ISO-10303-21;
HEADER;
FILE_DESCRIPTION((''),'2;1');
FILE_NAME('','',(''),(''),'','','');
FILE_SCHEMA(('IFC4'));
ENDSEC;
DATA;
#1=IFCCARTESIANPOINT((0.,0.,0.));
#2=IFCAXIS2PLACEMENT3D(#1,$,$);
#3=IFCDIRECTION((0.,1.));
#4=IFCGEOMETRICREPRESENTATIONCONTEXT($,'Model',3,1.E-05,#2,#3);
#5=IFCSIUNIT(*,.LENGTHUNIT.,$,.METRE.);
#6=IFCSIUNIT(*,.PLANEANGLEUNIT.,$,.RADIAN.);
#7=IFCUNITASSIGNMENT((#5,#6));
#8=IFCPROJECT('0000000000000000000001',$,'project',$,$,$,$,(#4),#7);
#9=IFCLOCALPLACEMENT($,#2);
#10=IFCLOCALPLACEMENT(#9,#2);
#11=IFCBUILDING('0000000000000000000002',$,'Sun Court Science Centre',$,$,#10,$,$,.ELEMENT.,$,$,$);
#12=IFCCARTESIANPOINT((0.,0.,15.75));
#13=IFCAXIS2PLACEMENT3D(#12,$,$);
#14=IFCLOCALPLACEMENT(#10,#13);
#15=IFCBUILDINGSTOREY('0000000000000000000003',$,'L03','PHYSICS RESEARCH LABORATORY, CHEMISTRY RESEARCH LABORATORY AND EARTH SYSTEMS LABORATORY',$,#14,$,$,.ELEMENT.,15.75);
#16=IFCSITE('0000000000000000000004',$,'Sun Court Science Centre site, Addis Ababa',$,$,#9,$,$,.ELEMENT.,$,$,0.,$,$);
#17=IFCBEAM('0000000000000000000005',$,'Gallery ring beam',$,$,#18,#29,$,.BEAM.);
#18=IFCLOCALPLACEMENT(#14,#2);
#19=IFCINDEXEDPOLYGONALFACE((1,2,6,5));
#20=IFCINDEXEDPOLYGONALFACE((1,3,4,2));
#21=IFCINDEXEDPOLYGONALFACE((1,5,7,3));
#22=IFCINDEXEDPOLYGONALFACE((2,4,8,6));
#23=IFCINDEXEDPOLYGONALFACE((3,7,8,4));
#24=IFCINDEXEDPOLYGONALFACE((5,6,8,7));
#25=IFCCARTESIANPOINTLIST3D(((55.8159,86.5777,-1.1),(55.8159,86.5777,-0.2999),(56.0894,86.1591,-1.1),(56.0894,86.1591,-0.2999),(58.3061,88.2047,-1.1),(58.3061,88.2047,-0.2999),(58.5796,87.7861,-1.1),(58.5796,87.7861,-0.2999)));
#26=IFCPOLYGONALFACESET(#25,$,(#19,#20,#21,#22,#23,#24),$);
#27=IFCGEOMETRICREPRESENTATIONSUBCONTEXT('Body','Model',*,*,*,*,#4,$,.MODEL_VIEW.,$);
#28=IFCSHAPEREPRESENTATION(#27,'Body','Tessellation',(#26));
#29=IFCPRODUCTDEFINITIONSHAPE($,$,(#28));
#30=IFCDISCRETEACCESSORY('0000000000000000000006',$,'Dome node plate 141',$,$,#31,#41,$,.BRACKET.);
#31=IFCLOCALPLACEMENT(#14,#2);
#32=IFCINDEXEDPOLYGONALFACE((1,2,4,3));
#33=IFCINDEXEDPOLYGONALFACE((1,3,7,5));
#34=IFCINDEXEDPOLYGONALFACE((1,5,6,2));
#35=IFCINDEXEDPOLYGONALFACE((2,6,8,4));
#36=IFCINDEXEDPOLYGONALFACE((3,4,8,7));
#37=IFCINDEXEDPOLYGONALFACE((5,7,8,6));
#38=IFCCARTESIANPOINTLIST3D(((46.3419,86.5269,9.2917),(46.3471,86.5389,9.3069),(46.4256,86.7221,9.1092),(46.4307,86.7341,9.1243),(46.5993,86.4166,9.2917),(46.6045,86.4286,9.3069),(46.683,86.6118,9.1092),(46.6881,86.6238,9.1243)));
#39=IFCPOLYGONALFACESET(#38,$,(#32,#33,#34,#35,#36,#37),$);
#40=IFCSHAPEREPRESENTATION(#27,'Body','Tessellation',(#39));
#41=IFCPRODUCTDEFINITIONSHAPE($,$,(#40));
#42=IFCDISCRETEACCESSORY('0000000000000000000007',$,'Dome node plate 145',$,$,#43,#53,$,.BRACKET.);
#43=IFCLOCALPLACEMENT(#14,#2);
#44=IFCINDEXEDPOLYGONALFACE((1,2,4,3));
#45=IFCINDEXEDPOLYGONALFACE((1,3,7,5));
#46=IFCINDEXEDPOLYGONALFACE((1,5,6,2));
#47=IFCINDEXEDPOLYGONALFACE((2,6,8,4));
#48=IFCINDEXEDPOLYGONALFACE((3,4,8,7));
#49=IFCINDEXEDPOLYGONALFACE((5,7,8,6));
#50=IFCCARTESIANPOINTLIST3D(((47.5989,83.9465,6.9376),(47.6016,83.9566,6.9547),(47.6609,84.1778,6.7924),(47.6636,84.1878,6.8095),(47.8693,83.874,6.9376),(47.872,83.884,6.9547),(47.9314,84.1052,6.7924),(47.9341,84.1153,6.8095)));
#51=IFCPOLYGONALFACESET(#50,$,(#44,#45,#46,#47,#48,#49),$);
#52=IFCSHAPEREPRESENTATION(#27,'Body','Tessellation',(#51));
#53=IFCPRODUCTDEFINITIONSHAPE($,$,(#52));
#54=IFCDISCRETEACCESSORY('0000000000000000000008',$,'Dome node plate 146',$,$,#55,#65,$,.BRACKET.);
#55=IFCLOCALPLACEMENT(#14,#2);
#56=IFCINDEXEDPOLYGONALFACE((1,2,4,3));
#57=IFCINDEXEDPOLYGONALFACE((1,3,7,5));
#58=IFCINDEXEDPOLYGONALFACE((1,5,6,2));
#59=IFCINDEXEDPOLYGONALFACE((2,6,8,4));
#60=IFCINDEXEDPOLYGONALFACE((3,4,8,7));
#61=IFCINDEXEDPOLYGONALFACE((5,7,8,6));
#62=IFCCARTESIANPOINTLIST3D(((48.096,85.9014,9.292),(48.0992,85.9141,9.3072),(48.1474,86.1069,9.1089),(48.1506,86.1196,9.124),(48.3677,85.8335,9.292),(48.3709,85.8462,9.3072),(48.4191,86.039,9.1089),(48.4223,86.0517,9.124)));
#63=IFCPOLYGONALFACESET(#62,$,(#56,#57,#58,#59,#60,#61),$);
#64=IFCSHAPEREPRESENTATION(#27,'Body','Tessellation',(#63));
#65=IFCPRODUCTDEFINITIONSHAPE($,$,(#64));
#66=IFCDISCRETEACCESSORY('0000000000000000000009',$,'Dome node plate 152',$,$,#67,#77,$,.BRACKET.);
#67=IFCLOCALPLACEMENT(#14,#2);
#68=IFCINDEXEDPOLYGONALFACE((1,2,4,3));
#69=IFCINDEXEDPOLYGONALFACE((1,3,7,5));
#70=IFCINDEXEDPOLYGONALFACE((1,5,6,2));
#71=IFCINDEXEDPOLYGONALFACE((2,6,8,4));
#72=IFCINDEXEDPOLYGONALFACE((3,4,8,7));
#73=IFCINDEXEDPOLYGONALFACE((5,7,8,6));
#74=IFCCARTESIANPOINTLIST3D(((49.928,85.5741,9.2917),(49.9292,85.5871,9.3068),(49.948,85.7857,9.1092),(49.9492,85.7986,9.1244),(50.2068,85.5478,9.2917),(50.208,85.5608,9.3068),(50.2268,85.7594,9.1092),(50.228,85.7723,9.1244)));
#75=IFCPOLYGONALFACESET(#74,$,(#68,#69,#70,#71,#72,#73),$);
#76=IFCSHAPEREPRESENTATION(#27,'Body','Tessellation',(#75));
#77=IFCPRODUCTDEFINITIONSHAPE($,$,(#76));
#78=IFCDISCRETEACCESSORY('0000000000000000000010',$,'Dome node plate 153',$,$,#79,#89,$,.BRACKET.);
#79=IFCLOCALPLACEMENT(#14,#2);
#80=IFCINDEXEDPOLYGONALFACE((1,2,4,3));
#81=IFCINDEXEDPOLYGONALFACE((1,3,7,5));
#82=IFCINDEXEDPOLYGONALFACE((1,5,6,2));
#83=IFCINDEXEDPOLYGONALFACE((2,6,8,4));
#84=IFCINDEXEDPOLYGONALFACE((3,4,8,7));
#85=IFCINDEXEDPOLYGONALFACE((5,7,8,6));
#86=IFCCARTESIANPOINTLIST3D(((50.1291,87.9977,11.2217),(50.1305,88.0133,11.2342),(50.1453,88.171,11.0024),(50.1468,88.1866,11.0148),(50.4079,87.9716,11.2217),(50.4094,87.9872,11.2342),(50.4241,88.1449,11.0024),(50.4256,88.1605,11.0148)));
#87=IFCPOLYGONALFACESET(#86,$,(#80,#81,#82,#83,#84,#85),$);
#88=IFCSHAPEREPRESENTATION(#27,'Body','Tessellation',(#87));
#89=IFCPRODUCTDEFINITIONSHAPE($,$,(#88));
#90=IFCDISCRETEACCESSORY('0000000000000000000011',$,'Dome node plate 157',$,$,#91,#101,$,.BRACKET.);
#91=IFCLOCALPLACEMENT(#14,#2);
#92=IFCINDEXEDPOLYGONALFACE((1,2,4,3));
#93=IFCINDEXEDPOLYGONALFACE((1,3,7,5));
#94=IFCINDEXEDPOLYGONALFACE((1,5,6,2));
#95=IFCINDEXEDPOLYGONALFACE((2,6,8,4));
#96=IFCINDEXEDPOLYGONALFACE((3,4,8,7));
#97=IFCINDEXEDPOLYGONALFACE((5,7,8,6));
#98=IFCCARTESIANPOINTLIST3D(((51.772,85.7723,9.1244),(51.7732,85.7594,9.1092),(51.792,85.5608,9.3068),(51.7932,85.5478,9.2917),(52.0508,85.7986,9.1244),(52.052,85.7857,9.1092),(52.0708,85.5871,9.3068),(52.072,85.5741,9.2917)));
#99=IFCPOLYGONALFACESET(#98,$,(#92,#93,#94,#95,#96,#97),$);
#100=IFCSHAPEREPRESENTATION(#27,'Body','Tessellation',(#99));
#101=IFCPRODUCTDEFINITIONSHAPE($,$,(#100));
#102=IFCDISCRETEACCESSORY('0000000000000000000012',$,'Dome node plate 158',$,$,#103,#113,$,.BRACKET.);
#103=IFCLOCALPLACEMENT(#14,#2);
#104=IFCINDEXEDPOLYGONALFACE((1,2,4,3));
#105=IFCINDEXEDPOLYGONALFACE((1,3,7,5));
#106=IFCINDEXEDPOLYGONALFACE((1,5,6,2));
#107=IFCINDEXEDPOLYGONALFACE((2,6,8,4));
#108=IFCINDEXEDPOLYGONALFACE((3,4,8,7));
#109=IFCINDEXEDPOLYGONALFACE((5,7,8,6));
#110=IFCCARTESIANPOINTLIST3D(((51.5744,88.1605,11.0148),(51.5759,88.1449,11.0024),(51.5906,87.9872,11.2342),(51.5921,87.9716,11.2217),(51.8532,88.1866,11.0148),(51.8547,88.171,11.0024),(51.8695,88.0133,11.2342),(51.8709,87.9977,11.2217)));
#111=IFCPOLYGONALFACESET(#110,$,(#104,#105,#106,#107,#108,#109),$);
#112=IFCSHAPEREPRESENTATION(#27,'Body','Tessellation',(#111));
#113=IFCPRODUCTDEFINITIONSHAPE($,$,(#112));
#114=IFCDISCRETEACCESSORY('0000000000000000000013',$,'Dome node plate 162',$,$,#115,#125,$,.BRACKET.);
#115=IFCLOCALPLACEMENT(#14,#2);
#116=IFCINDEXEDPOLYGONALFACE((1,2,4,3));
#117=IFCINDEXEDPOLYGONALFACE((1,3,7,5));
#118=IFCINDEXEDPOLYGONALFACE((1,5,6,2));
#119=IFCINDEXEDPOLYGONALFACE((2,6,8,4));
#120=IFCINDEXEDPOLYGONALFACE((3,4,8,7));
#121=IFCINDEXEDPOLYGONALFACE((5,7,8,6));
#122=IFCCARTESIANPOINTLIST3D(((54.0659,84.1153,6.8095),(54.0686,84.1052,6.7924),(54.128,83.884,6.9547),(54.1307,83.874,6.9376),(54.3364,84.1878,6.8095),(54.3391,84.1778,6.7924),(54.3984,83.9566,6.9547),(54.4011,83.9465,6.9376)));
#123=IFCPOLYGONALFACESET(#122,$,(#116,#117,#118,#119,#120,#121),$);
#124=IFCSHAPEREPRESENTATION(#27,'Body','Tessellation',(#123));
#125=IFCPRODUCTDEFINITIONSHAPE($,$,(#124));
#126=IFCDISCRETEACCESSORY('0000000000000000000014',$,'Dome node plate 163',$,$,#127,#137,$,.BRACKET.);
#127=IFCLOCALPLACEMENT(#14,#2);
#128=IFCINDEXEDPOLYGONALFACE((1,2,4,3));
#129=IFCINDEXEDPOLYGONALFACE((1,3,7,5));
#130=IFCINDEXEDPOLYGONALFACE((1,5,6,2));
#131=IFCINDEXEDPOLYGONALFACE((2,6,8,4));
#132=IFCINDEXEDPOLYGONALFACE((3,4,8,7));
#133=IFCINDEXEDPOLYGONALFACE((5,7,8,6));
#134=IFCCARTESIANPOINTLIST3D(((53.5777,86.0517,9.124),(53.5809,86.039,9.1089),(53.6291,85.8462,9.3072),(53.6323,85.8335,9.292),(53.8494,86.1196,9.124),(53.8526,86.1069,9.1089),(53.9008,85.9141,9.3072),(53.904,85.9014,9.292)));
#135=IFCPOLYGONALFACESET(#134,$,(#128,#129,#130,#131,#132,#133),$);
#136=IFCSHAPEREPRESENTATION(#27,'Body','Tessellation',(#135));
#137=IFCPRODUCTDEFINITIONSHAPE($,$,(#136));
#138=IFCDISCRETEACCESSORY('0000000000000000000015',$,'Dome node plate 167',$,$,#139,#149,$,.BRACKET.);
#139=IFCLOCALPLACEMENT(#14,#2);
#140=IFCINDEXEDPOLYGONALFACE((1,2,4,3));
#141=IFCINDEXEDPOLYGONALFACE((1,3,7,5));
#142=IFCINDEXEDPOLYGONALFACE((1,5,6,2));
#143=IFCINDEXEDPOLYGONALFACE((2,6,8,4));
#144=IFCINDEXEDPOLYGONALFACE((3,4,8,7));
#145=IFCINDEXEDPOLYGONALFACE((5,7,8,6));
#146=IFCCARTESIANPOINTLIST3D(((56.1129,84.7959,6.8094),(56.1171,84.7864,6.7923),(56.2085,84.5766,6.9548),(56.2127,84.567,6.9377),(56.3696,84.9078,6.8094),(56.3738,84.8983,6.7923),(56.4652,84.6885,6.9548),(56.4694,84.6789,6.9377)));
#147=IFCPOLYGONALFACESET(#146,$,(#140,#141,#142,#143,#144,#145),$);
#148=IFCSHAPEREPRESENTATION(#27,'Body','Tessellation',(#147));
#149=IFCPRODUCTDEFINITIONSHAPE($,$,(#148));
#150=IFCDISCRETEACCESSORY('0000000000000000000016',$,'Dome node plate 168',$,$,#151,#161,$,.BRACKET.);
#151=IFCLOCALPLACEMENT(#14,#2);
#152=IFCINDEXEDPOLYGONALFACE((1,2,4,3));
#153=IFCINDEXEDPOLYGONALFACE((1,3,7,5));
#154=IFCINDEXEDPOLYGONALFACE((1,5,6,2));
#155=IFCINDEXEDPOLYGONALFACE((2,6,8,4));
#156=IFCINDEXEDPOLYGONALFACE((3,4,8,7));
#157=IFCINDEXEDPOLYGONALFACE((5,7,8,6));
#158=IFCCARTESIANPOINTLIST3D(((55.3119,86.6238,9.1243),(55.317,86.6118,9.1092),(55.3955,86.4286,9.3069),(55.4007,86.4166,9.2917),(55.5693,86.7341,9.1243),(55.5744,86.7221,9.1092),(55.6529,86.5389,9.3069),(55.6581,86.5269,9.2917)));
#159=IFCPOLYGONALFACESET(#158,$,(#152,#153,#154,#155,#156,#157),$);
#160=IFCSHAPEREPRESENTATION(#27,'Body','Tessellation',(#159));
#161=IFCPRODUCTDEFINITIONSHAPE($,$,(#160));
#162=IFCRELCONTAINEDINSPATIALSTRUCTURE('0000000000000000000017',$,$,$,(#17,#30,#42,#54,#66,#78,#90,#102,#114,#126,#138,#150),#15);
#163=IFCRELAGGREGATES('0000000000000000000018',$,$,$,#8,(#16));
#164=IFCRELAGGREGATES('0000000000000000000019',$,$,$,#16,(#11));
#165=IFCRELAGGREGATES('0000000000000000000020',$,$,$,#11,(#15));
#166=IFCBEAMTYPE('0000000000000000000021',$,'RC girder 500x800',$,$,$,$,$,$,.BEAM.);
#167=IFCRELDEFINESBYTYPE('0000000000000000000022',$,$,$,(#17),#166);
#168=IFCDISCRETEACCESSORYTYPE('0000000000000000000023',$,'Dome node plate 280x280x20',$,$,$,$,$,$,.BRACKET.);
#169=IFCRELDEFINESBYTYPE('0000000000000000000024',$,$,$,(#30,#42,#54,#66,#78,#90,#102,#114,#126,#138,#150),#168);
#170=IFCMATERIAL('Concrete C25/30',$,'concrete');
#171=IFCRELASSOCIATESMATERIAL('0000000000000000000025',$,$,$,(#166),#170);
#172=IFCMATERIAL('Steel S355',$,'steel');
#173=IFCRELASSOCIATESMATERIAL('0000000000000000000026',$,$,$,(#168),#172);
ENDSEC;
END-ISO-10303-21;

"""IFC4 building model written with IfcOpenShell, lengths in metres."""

from ifc_helpers import new_model, si_unit, direction, frame, origin, origin_2d, place, context, subcontext, project, spatial, rectangle, extrude, material, material_profile, profile_set, type_object, element, save


model = new_model("IFC4")

# Units and contexts
model_context = context("Model", 3, precision=1e-05, world=origin(), true_north=direction((0.0, 1.0)))
body_context = subcontext(model_context, "Body", "Model", "MODEL_VIEW")
ifc_project = project(units=[si_unit("LENGTHUNIT", "METRE"), si_unit("PLANEANGLEUNIT", "RADIAN")], contexts=[model_context])

# Site, building, storey
site_placement = place(None, origin())
site = spatial("IfcSite", under=ifc_project, at=site_placement, Name="Sun Court Science Centre site, Addis Ababa", CompositionType="ELEMENT", RefElevation=0.0)
building_placement = place(site_placement, origin())
building = spatial("IfcBuilding", under=site, at=building_placement, Name="Sun Court Science Centre", CompositionType="ELEMENT")
storey_placement = place(building_placement, frame((0.0, 0.0, 15.75)))
storey = spatial("IfcBuildingStorey", under=building, at=storey_placement, Name="L03", Description="PHYSICS RESEARCH LABORATORY, CHEMISTRY RESEARCH LABORATORY AND EARTH SYSTEMS LABORATORY", CompositionType="ELEMENT", Elevation=15.75)

# Beam
ifc_material_1 = material(Name="Concrete C25/30", Category="concrete")
ifc_material_profile_1 = material_profile(ifc_material_1, rectangle(XDim=0.5, YDim=0.8, at=origin_2d()), Name="RC 500x800")
ifc_profile_set_1 = profile_set([ifc_material_profile_1], Name="Concrete C25/30")
beam_type = type_object("IfcBeamType", Name="RC girder 500x800", PredefinedType="BEAM", material=ifc_profile_set_1)
beam_1_placement = place(storey_placement, frame((55.9526, 86.3684, -0.7), z_axis=(0.837166, 0.546949, 0.0), x_axis=(-0.546949, 0.837166, 0.0)))
element("IfcBeam", 1, at=beam_1_placement, inside=storey, type_object=beam_type, Name="Gallery ring beam", PredefinedType="BEAM", context=body_context, shape_type="SweptSolid", body=[
    extrude(rectangle(XDim=0.5, YDim=0.8, at=origin_2d()), origin(), (0.0, 0.0, 1.0), 2.9746),
])

# Discrete accessories
ifc_material_2 = material(Name="Steel S355", Category="steel")
ifc_material_profile_2 = material_profile(ifc_material_2, rectangle(XDim=0.28, YDim=0.28, at=origin_2d()), Name="PL 280x280")
ifc_profile_set_2 = profile_set([ifc_material_profile_2], Name="Steel S355")
discrete_accessory_type = type_object("IfcDiscreteAccessoryType", Name="Dome node plate 280x280x20", PredefinedType="BRACKET", material=ifc_profile_set_2)
for number, where, z_axis, x_axis, name in (
    (2, (46.5125, 86.5693, 9.2004), (0.256824, 0.599257, 0.758243), (-0.919145, 0.393919, 0.0), "Dome node plate 141"),
    (3, (47.7651, 84.0259, 6.865), (0.134366, 0.50082, 0.855058), (-0.965843, 0.259129, 0.0), "Dome node plate 145"),
    (4, (48.2576, 85.9702, 9.2004), (0.158619, 0.634477, 0.756491), (-0.970143, 0.242536, 0.0), "Dome node plate 146"),
    (5, (50.0774, 85.6667, 9.2004), (0.061185, 0.648564, 0.758697), (-0.99558, 0.093923, 0.0), "Dome node plate 152"),
    (6, (50.2766, 88.0713, 11.1121), (0.073122, 0.779966, 0.621535), (-0.995634, 0.093341, 0.0), "Dome node plate 153"),
    (7, (51.9226, 85.6667, 9.2004), (-0.061185, 0.648564, 0.758697), (-0.99558, -0.093923, 0.0), "Dome node plate 157"),
    (8, (51.7234, 88.0713, 11.1121), (-0.073122, 0.779966, 0.621535), (-0.995634, -0.093341, 0.0), "Dome node plate 158"),
    (9, (54.2349, 84.0259, 6.865), (-0.134366, 0.50082, 0.855058), (-0.965843, -0.259129, 0.0), "Dome node plate 162"),
    (10, (53.7424, 85.9702, 9.2004), (-0.158619, 0.634477, 0.756491), (-0.970143, -0.242536, 0.0), "Dome node plate 163"),
    (11, (56.2932, 84.7327, 6.865), (-0.207533, 0.476106, 0.854549), (-0.916696, -0.399585, 0.0), "Dome node plate 167"),
    (12, (55.4875, 86.5693, 9.2004), (-0.256824, 0.599257, 0.758243), (-0.919145, -0.393919, 0.0), "Dome node plate 168"),
):
    element("IfcDiscreteAccessory", number, at=place(storey_placement, frame(where, z_axis=z_axis, x_axis=x_axis)), inside=storey, type_object=discrete_accessory_type, Name=name, PredefinedType="BRACKET", context=body_context, shape_type="SweptSolid", body=[
        extrude(rectangle(XDim=0.28, YDim=0.28, at=origin_2d()), origin(), (0.0, 0.0, 1.0), 0.02),
    ])

save(model, "model.ifc")
